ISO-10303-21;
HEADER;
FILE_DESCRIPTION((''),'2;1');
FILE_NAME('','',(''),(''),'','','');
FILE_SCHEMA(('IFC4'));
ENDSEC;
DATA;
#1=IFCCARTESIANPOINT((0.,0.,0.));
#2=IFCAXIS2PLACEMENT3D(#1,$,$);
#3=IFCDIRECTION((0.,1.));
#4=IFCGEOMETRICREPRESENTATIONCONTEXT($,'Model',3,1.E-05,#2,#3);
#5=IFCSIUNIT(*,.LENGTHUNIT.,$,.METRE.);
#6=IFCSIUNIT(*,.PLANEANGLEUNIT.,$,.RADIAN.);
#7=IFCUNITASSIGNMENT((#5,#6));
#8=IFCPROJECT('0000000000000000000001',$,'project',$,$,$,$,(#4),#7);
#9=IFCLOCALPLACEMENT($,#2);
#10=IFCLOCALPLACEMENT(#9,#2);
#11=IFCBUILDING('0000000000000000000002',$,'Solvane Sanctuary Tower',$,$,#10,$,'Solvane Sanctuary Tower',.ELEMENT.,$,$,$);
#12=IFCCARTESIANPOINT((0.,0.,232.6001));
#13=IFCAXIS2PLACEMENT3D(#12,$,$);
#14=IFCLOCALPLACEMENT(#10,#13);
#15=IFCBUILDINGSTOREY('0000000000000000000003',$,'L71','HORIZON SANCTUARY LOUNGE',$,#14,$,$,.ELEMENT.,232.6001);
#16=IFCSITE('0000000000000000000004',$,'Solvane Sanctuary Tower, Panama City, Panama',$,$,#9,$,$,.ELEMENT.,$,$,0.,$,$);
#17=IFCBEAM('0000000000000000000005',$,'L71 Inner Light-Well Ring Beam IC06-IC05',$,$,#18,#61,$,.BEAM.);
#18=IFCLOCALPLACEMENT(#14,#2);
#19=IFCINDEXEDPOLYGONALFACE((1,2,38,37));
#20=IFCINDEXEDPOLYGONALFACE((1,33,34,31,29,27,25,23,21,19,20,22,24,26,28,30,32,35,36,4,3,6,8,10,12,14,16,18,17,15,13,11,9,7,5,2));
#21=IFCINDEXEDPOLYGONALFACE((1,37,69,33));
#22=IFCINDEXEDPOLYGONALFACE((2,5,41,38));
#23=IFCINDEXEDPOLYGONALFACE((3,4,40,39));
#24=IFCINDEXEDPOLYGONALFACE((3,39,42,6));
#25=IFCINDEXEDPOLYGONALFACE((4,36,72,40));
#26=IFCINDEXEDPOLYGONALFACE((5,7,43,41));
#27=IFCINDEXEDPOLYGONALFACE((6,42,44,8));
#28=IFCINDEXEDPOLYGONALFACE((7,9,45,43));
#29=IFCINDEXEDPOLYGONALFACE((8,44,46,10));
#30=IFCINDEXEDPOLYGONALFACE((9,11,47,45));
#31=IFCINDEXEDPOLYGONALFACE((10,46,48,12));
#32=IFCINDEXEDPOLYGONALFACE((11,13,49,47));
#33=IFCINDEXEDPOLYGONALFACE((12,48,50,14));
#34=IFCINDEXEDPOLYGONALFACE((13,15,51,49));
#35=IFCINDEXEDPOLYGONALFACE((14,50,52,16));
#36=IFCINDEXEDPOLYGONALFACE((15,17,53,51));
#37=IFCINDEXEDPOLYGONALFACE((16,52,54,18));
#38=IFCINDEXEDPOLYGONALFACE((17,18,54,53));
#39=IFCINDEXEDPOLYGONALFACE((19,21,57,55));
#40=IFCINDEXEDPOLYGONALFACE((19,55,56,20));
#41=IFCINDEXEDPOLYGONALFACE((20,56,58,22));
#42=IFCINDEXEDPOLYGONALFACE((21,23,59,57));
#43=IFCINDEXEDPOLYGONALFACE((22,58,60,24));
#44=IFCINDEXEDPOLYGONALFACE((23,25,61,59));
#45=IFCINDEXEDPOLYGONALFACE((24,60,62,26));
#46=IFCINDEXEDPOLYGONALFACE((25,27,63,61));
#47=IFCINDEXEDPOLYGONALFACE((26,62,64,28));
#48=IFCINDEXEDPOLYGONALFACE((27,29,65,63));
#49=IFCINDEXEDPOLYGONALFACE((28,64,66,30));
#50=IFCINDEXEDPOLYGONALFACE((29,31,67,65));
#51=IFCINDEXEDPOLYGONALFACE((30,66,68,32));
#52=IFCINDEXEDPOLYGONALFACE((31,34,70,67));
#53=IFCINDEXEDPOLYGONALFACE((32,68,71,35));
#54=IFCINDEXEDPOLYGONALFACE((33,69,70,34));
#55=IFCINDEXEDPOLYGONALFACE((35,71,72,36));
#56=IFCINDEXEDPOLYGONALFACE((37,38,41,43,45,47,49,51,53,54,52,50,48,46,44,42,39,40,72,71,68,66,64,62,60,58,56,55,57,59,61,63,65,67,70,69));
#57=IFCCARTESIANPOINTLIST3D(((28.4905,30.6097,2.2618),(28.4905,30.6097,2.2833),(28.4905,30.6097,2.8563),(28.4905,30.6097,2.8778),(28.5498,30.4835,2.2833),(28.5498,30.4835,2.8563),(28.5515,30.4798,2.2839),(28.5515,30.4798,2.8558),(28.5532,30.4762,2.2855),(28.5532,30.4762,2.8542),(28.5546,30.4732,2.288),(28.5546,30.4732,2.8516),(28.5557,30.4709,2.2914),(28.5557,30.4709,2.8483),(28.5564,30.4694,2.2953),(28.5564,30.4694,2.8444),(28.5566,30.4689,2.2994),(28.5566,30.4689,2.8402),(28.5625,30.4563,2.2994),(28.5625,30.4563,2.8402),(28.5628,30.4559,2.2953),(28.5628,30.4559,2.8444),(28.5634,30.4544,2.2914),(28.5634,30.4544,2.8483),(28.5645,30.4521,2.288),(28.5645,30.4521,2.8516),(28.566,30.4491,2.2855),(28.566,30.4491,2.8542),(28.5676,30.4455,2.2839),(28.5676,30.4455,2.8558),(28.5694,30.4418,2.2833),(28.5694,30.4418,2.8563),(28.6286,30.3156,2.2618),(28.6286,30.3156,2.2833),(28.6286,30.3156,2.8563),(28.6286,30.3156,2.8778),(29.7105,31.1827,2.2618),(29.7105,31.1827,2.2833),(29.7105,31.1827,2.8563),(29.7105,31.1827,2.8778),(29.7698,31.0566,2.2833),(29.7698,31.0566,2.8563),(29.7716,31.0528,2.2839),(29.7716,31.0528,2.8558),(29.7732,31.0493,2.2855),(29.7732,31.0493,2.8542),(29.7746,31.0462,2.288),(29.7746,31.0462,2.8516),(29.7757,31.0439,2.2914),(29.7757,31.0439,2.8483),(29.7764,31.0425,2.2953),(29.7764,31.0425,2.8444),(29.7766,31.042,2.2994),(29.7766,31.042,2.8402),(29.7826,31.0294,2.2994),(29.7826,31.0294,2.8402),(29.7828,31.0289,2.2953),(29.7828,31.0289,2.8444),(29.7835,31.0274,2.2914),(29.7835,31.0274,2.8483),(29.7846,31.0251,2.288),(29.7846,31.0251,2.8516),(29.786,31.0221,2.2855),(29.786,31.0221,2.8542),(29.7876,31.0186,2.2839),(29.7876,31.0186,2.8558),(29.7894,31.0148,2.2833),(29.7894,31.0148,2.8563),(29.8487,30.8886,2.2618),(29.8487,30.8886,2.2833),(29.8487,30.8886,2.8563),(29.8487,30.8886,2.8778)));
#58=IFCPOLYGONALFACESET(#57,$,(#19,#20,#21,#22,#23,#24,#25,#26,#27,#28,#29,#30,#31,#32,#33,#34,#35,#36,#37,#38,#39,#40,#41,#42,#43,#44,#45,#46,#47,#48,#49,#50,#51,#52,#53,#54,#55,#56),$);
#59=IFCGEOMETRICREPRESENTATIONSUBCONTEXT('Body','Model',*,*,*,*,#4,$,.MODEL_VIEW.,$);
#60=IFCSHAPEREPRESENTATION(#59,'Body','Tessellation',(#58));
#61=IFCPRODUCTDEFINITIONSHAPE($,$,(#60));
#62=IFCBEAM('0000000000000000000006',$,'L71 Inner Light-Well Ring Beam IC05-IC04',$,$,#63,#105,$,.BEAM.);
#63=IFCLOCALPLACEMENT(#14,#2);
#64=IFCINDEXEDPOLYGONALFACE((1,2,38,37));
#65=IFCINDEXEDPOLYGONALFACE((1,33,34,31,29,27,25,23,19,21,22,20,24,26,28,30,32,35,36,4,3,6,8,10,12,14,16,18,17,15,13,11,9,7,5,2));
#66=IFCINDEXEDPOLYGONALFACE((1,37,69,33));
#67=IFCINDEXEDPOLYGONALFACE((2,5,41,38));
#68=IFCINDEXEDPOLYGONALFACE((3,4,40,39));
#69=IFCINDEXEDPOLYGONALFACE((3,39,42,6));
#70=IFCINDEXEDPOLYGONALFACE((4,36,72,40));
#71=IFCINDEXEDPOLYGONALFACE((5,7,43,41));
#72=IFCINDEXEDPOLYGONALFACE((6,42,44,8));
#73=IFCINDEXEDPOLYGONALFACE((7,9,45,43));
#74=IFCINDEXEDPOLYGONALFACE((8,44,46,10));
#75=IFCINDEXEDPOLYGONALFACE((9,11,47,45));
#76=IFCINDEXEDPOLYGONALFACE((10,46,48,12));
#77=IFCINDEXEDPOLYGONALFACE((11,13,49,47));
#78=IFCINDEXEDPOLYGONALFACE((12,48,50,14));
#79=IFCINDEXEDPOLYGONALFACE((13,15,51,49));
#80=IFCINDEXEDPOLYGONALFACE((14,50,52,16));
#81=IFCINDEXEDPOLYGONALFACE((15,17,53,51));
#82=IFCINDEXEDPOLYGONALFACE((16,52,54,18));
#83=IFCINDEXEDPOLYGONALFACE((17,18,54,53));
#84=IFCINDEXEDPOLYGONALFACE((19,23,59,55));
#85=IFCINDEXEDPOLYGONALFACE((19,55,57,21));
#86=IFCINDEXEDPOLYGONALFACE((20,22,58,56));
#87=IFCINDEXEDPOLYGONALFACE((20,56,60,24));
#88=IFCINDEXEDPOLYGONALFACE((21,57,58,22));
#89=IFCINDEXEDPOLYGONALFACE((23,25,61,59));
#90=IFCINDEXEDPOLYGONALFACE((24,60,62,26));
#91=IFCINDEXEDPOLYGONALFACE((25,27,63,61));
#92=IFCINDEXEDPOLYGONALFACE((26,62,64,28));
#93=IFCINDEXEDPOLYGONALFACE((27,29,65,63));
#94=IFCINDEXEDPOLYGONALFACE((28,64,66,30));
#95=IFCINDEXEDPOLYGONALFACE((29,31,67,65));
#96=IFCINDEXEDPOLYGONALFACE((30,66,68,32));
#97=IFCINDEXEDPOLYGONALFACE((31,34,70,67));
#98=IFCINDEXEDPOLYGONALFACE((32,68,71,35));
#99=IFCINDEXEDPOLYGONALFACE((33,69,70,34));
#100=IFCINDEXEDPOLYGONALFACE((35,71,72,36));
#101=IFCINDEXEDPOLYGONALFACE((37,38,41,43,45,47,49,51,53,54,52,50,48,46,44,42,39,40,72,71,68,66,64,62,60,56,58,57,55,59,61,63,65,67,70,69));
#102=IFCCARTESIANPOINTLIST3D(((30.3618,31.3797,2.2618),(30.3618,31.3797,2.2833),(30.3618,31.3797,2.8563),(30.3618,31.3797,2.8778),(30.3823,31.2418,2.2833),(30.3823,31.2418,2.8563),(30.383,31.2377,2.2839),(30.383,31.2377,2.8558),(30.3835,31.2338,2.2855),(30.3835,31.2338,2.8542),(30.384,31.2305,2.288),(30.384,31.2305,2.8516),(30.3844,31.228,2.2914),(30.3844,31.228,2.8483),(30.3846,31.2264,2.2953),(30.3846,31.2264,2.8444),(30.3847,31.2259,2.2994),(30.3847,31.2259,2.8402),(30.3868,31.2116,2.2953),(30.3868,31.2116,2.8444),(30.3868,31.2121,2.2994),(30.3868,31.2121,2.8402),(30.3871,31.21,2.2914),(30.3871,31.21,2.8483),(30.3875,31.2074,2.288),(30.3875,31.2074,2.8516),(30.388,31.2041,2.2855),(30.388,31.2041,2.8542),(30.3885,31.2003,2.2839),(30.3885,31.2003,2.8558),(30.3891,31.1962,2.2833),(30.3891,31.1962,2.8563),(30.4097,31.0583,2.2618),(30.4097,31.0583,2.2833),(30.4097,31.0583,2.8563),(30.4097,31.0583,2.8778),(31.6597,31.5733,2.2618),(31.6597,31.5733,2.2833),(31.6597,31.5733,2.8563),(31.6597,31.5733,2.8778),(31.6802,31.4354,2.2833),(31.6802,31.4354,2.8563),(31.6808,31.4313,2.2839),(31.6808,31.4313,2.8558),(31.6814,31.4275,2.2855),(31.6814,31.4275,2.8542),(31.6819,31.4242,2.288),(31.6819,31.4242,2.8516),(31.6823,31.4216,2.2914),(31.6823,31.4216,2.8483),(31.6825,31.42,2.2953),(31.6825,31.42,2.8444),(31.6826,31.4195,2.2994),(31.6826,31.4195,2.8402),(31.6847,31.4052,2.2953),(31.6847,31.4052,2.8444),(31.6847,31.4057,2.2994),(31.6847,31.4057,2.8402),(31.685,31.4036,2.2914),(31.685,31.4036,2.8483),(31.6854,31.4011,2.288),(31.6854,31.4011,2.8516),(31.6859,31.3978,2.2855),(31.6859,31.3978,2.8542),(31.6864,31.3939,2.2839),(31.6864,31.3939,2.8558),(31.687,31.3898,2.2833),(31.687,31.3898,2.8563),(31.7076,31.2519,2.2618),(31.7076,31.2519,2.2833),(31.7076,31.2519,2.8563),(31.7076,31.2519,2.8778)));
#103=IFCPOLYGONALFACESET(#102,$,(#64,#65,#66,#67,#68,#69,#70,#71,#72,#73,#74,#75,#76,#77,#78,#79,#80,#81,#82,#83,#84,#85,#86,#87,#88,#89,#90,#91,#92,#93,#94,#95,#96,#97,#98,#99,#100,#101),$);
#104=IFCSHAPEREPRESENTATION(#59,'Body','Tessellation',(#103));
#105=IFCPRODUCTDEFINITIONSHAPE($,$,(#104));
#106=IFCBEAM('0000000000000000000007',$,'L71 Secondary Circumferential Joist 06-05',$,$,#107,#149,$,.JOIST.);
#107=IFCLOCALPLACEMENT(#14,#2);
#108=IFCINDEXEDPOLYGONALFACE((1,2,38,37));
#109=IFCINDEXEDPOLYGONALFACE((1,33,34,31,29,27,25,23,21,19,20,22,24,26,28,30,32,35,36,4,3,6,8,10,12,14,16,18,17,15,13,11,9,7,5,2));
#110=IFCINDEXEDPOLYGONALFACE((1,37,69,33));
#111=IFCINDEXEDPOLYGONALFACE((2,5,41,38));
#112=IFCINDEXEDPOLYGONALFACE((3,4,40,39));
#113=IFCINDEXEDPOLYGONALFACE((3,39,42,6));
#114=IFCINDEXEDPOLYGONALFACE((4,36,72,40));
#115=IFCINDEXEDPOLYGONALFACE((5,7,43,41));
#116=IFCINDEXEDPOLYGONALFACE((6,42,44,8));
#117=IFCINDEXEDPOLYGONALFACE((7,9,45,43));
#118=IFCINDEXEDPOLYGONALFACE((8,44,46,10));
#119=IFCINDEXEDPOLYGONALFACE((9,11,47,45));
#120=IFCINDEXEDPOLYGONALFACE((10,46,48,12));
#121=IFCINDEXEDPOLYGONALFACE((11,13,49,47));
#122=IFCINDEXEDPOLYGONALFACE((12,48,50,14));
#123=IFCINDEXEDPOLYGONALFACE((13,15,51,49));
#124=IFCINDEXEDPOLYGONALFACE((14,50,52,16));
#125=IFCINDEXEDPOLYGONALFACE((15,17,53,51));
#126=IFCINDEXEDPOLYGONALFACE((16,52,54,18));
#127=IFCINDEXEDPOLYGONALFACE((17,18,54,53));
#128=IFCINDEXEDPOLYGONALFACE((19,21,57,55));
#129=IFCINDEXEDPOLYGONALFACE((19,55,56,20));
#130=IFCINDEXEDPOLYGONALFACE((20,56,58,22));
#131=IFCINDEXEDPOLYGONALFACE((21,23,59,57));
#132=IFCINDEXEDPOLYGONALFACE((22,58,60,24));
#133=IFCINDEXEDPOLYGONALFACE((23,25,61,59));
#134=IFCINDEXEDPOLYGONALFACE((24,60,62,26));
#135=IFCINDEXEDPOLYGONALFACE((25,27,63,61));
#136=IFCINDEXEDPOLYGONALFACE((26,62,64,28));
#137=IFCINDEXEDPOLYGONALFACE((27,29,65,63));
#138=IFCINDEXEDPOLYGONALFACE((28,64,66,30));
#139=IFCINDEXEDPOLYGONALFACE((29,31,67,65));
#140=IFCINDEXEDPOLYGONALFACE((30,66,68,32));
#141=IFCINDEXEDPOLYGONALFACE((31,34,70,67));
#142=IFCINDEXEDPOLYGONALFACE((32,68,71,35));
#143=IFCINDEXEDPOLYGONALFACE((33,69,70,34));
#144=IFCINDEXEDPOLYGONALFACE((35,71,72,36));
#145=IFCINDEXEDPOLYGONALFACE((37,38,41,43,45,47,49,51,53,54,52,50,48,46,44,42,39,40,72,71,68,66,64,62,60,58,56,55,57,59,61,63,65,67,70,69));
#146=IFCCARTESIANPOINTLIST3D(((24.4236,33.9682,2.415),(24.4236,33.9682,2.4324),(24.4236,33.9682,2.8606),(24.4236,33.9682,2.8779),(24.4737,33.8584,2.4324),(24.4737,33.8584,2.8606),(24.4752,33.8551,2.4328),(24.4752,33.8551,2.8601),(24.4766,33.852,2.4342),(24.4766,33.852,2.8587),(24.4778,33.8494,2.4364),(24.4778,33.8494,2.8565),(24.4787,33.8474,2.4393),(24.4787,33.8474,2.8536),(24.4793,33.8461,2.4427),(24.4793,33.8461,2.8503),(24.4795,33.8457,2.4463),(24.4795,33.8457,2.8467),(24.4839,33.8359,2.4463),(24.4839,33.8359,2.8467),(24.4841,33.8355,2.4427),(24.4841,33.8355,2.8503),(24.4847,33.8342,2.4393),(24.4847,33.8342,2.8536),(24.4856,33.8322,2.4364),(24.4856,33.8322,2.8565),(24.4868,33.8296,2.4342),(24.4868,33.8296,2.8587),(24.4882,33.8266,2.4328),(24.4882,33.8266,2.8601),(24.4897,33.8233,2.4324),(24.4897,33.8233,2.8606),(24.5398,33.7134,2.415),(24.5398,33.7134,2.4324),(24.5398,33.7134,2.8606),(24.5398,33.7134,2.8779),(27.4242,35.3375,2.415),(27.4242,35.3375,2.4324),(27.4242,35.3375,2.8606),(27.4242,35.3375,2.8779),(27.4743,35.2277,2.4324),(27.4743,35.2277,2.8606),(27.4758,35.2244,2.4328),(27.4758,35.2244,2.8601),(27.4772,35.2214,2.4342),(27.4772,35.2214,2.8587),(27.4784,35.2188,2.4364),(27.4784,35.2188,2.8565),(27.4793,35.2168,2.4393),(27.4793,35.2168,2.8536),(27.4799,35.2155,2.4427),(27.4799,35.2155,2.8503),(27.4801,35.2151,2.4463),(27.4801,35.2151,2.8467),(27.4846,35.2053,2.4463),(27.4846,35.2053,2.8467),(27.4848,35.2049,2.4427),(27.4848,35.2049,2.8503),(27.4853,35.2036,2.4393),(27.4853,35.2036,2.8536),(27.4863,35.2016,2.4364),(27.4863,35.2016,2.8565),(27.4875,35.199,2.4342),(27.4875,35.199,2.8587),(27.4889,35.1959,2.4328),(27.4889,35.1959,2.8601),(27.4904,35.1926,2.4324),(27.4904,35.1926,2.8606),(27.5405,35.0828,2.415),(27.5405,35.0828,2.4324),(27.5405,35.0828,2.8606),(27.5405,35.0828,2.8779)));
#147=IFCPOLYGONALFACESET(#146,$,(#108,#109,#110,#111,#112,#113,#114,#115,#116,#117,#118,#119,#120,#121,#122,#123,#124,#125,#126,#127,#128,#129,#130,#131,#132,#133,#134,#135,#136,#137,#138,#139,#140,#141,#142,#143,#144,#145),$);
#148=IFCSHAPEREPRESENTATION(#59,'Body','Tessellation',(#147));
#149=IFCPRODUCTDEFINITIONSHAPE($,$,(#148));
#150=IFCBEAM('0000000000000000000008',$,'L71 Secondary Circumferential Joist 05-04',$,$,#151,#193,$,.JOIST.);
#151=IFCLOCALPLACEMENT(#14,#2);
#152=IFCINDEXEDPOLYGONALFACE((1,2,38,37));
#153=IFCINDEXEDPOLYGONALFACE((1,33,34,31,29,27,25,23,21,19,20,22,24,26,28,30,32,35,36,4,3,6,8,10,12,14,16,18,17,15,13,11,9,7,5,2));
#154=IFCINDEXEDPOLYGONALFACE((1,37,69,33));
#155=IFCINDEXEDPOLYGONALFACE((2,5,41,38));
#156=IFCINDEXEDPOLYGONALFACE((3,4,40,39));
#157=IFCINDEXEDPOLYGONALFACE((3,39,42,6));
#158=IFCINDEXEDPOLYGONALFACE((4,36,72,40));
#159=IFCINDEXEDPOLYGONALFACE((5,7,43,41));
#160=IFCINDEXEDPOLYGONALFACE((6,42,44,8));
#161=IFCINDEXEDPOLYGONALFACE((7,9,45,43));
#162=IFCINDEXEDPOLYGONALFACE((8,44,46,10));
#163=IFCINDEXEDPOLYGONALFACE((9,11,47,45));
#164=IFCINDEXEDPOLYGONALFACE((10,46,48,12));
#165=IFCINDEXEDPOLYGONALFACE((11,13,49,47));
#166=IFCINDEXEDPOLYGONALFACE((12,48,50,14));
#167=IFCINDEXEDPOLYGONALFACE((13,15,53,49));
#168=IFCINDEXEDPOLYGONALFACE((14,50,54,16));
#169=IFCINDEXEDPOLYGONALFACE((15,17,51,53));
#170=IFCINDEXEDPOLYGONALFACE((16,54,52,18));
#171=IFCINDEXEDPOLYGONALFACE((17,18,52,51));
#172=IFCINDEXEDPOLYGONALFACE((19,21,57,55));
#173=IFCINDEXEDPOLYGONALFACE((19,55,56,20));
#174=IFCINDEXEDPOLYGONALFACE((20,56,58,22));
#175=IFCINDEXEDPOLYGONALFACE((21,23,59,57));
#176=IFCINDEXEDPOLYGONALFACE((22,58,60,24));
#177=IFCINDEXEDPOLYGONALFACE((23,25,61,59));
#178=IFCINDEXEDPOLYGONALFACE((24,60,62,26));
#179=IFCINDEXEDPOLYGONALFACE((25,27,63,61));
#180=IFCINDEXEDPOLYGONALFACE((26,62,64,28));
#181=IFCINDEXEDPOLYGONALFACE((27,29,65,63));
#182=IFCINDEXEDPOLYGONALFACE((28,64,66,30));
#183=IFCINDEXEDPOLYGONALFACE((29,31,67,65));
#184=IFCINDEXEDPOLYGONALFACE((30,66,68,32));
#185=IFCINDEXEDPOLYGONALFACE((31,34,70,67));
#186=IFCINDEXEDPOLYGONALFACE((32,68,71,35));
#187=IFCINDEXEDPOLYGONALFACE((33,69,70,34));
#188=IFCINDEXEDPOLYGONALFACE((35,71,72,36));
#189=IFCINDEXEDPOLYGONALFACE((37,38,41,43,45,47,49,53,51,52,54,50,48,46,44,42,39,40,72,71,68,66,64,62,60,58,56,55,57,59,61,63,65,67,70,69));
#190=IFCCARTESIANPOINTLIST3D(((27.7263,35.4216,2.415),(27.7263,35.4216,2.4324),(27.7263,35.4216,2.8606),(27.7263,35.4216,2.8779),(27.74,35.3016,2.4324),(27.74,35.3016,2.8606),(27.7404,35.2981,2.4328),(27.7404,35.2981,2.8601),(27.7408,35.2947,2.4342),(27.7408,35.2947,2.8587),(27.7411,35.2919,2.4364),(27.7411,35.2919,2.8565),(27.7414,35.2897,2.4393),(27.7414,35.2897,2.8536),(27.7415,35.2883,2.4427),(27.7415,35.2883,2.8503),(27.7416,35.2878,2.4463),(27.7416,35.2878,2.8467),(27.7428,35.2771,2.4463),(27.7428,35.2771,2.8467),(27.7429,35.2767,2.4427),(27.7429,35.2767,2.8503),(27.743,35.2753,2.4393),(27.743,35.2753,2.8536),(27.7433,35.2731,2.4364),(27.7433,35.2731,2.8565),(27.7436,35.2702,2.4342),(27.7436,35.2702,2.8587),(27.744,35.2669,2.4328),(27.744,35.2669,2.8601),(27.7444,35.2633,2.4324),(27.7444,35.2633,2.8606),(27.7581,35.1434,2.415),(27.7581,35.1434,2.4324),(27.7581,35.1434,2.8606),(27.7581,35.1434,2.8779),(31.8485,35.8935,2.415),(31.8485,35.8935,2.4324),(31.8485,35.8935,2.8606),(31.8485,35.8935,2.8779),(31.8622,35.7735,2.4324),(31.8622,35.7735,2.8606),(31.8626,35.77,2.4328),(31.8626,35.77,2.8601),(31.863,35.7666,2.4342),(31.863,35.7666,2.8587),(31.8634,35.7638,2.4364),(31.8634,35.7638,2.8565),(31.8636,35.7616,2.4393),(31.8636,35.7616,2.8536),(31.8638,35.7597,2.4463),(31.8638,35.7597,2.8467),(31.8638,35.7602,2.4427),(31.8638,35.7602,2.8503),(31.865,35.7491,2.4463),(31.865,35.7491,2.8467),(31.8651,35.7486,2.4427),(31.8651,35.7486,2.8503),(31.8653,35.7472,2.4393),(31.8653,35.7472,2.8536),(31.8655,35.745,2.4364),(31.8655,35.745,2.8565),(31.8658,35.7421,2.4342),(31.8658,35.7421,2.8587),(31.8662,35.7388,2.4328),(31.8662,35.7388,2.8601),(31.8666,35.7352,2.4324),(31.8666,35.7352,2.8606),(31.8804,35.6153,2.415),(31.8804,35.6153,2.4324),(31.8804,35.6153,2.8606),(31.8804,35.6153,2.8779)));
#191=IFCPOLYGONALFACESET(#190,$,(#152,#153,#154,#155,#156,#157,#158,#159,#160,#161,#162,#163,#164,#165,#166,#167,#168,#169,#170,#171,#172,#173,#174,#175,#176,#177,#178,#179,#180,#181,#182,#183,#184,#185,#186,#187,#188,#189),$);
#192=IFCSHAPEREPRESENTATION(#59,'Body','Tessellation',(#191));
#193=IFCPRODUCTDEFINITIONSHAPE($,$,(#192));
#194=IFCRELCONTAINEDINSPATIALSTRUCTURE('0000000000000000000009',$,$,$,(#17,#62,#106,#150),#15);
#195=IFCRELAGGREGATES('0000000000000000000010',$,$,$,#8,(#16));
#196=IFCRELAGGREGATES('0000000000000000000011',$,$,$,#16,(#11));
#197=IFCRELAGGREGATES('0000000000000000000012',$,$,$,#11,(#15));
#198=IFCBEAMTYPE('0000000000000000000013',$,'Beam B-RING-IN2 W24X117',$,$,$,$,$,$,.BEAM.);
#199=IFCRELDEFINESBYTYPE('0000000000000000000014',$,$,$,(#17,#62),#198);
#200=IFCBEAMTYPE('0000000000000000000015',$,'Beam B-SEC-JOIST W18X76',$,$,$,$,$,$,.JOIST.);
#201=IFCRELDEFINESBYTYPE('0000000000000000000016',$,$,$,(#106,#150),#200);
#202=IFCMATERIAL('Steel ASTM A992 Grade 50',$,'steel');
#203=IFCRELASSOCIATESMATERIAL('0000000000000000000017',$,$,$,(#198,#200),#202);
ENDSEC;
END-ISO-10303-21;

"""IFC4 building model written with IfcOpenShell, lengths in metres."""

from ifc_helpers import new_model, si_unit, direction, frame, origin, origin_2d, place, context, subcontext, project, spatial, i_section, extrude, material, material_profile, profile_set, type_object, element, save


model = new_model("IFC4")

# Units and contexts
model_context = context("Model", 3, precision=1e-05, world=origin(), true_north=direction((0.0, 1.0)))
body_context = subcontext(model_context, "Body", "Model", "MODEL_VIEW")
ifc_project = project(units=[si_unit("LENGTHUNIT", "METRE"), si_unit("PLANEANGLEUNIT", "RADIAN")], contexts=[model_context])

# Site, building, storey
site_placement = place(None, origin())
site = spatial("IfcSite", under=ifc_project, at=site_placement, Name="Solvane Sanctuary Tower, Panama City, Panama", CompositionType="ELEMENT", RefElevation=0.0)
building_placement = place(site_placement, origin())
building = spatial("IfcBuilding", under=site, at=building_placement, Name="Solvane Sanctuary Tower", LongName="Solvane Sanctuary Tower", CompositionType="ELEMENT")
storey_placement = place(building_placement, frame((0.0, 0.0, 232.6001)))
storey = spatial("IfcBuildingStorey", under=building, at=storey_placement, Name="L71", Description="HORIZON SANCTUARY LOUNGE", CompositionType="ELEMENT", Elevation=232.6001)

# Beams
ifc_material_1 = material(Name="Steel ASTM A992 Grade 50", Category="steel")
ifc_material_profile_1 = material_profile(ifc_material_1, i_section(OverallWidth=0.325, OverallDepth=0.616, WebThickness=0.0139, FlangeThickness=0.0215, FilletRadius=0.0161, at=origin_2d()), Name="W24X117")
ifc_profile_set_1 = profile_set([ifc_material_profile_1], Name="Steel ASTM A992 Grade 50")
beam_type_1 = type_object("IfcBeamType", Name="Beam B-RING-IN2 W24X117", PredefinedType="BEAM", material=ifc_profile_set_1)
beam_1_placement = place(storey_placement, frame((28.5596, 30.4626, 2.5698), z_axis=(0.905135, 0.425125, 0.0), x_axis=(-0.425125, 0.905135, 0.0)))
element("IfcBeam", 1, at=beam_1_placement, inside=storey, type_object=beam_type_1, Name="L71 Inner Light-Well Ring Beam IC06-IC05", PredefinedType="BEAM", context=body_context, shape_type="SweptSolid", body=[
    extrude(i_section(OverallWidth=0.325, OverallDepth=0.616, WebThickness=0.0139, FlangeThickness=0.0215, FilletRadius=0.0161, at=origin_2d()), origin(), (0.0, 0.0, 1.0), 1.3479),
])
beam_2_placement = place(storey_placement, frame((30.3857, 31.219, 2.5698), z_axis=(0.989056, 0.14754, 0.0), x_axis=(-0.14754, 0.989056, 0.0)))
element("IfcBeam", 2, at=beam_2_placement, inside=storey, type_object=beam_type_1, Name="L71 Inner Light-Well Ring Beam IC05-IC04", PredefinedType="BEAM", context=body_context, shape_type="SweptSolid", body=[
    extrude(i_section(OverallWidth=0.325, OverallDepth=0.616, WebThickness=0.0139, FlangeThickness=0.0215, FilletRadius=0.0161, at=origin_2d()), origin(), (0.0, 0.0, 1.0), 1.3123),
])
ifc_material_profile_2 = material_profile(ifc_material_1, i_section(OverallWidth=0.28, OverallDepth=0.4629, WebThickness=0.0107, FlangeThickness=0.0173, FilletRadius=0.0139, at=origin_2d()), Name="W18X76")
ifc_profile_set_2 = profile_set([ifc_material_profile_2], Name="Steel ASTM A992 Grade 50")
beam_type_2 = type_object("IfcBeamType", Name="Beam B-SEC-JOIST W18X76", PredefinedType="JOIST", material=ifc_profile_set_2)
beam_3_placement = place(storey_placement, frame((24.4817, 33.8408, 2.6465), z_axis=(0.909747, 0.415163, 0.0), x_axis=(-0.415163, 0.909747, 0.0)))
element("IfcBeam", 3, at=beam_3_placement, inside=storey, type_object=beam_type_2, Name="L71 Secondary Circumferential Joist 06-05", PredefinedType="JOIST", context=body_context, shape_type="SweptSolid", body=[
    extrude(i_section(OverallWidth=0.28, OverallDepth=0.4629, WebThickness=0.0107, FlangeThickness=0.0173, FilletRadius=0.0139, at=origin_2d()), origin(), (0.0, 0.0, 1.0), 3.2983),
])
beam_4_placement = place(storey_placement, frame((27.7422, 35.2825, 2.6465), z_axis=(0.993511, 0.113737, 0.0), x_axis=(-0.113737, 0.993511, 0.0)))
element("IfcBeam", 4, at=beam_4_placement, inside=storey, type_object=beam_type_2, Name="L71 Secondary Circumferential Joist 05-04", PredefinedType="JOIST", context=body_context, shape_type="SweptSolid", body=[
    extrude(i_section(OverallWidth=0.28, OverallDepth=0.4629, WebThickness=0.0107, FlangeThickness=0.0173, FilletRadius=0.0139, at=origin_2d()), origin(), (0.0, 0.0, 1.0), 4.1492),
])

save(model, "model.ifc")
